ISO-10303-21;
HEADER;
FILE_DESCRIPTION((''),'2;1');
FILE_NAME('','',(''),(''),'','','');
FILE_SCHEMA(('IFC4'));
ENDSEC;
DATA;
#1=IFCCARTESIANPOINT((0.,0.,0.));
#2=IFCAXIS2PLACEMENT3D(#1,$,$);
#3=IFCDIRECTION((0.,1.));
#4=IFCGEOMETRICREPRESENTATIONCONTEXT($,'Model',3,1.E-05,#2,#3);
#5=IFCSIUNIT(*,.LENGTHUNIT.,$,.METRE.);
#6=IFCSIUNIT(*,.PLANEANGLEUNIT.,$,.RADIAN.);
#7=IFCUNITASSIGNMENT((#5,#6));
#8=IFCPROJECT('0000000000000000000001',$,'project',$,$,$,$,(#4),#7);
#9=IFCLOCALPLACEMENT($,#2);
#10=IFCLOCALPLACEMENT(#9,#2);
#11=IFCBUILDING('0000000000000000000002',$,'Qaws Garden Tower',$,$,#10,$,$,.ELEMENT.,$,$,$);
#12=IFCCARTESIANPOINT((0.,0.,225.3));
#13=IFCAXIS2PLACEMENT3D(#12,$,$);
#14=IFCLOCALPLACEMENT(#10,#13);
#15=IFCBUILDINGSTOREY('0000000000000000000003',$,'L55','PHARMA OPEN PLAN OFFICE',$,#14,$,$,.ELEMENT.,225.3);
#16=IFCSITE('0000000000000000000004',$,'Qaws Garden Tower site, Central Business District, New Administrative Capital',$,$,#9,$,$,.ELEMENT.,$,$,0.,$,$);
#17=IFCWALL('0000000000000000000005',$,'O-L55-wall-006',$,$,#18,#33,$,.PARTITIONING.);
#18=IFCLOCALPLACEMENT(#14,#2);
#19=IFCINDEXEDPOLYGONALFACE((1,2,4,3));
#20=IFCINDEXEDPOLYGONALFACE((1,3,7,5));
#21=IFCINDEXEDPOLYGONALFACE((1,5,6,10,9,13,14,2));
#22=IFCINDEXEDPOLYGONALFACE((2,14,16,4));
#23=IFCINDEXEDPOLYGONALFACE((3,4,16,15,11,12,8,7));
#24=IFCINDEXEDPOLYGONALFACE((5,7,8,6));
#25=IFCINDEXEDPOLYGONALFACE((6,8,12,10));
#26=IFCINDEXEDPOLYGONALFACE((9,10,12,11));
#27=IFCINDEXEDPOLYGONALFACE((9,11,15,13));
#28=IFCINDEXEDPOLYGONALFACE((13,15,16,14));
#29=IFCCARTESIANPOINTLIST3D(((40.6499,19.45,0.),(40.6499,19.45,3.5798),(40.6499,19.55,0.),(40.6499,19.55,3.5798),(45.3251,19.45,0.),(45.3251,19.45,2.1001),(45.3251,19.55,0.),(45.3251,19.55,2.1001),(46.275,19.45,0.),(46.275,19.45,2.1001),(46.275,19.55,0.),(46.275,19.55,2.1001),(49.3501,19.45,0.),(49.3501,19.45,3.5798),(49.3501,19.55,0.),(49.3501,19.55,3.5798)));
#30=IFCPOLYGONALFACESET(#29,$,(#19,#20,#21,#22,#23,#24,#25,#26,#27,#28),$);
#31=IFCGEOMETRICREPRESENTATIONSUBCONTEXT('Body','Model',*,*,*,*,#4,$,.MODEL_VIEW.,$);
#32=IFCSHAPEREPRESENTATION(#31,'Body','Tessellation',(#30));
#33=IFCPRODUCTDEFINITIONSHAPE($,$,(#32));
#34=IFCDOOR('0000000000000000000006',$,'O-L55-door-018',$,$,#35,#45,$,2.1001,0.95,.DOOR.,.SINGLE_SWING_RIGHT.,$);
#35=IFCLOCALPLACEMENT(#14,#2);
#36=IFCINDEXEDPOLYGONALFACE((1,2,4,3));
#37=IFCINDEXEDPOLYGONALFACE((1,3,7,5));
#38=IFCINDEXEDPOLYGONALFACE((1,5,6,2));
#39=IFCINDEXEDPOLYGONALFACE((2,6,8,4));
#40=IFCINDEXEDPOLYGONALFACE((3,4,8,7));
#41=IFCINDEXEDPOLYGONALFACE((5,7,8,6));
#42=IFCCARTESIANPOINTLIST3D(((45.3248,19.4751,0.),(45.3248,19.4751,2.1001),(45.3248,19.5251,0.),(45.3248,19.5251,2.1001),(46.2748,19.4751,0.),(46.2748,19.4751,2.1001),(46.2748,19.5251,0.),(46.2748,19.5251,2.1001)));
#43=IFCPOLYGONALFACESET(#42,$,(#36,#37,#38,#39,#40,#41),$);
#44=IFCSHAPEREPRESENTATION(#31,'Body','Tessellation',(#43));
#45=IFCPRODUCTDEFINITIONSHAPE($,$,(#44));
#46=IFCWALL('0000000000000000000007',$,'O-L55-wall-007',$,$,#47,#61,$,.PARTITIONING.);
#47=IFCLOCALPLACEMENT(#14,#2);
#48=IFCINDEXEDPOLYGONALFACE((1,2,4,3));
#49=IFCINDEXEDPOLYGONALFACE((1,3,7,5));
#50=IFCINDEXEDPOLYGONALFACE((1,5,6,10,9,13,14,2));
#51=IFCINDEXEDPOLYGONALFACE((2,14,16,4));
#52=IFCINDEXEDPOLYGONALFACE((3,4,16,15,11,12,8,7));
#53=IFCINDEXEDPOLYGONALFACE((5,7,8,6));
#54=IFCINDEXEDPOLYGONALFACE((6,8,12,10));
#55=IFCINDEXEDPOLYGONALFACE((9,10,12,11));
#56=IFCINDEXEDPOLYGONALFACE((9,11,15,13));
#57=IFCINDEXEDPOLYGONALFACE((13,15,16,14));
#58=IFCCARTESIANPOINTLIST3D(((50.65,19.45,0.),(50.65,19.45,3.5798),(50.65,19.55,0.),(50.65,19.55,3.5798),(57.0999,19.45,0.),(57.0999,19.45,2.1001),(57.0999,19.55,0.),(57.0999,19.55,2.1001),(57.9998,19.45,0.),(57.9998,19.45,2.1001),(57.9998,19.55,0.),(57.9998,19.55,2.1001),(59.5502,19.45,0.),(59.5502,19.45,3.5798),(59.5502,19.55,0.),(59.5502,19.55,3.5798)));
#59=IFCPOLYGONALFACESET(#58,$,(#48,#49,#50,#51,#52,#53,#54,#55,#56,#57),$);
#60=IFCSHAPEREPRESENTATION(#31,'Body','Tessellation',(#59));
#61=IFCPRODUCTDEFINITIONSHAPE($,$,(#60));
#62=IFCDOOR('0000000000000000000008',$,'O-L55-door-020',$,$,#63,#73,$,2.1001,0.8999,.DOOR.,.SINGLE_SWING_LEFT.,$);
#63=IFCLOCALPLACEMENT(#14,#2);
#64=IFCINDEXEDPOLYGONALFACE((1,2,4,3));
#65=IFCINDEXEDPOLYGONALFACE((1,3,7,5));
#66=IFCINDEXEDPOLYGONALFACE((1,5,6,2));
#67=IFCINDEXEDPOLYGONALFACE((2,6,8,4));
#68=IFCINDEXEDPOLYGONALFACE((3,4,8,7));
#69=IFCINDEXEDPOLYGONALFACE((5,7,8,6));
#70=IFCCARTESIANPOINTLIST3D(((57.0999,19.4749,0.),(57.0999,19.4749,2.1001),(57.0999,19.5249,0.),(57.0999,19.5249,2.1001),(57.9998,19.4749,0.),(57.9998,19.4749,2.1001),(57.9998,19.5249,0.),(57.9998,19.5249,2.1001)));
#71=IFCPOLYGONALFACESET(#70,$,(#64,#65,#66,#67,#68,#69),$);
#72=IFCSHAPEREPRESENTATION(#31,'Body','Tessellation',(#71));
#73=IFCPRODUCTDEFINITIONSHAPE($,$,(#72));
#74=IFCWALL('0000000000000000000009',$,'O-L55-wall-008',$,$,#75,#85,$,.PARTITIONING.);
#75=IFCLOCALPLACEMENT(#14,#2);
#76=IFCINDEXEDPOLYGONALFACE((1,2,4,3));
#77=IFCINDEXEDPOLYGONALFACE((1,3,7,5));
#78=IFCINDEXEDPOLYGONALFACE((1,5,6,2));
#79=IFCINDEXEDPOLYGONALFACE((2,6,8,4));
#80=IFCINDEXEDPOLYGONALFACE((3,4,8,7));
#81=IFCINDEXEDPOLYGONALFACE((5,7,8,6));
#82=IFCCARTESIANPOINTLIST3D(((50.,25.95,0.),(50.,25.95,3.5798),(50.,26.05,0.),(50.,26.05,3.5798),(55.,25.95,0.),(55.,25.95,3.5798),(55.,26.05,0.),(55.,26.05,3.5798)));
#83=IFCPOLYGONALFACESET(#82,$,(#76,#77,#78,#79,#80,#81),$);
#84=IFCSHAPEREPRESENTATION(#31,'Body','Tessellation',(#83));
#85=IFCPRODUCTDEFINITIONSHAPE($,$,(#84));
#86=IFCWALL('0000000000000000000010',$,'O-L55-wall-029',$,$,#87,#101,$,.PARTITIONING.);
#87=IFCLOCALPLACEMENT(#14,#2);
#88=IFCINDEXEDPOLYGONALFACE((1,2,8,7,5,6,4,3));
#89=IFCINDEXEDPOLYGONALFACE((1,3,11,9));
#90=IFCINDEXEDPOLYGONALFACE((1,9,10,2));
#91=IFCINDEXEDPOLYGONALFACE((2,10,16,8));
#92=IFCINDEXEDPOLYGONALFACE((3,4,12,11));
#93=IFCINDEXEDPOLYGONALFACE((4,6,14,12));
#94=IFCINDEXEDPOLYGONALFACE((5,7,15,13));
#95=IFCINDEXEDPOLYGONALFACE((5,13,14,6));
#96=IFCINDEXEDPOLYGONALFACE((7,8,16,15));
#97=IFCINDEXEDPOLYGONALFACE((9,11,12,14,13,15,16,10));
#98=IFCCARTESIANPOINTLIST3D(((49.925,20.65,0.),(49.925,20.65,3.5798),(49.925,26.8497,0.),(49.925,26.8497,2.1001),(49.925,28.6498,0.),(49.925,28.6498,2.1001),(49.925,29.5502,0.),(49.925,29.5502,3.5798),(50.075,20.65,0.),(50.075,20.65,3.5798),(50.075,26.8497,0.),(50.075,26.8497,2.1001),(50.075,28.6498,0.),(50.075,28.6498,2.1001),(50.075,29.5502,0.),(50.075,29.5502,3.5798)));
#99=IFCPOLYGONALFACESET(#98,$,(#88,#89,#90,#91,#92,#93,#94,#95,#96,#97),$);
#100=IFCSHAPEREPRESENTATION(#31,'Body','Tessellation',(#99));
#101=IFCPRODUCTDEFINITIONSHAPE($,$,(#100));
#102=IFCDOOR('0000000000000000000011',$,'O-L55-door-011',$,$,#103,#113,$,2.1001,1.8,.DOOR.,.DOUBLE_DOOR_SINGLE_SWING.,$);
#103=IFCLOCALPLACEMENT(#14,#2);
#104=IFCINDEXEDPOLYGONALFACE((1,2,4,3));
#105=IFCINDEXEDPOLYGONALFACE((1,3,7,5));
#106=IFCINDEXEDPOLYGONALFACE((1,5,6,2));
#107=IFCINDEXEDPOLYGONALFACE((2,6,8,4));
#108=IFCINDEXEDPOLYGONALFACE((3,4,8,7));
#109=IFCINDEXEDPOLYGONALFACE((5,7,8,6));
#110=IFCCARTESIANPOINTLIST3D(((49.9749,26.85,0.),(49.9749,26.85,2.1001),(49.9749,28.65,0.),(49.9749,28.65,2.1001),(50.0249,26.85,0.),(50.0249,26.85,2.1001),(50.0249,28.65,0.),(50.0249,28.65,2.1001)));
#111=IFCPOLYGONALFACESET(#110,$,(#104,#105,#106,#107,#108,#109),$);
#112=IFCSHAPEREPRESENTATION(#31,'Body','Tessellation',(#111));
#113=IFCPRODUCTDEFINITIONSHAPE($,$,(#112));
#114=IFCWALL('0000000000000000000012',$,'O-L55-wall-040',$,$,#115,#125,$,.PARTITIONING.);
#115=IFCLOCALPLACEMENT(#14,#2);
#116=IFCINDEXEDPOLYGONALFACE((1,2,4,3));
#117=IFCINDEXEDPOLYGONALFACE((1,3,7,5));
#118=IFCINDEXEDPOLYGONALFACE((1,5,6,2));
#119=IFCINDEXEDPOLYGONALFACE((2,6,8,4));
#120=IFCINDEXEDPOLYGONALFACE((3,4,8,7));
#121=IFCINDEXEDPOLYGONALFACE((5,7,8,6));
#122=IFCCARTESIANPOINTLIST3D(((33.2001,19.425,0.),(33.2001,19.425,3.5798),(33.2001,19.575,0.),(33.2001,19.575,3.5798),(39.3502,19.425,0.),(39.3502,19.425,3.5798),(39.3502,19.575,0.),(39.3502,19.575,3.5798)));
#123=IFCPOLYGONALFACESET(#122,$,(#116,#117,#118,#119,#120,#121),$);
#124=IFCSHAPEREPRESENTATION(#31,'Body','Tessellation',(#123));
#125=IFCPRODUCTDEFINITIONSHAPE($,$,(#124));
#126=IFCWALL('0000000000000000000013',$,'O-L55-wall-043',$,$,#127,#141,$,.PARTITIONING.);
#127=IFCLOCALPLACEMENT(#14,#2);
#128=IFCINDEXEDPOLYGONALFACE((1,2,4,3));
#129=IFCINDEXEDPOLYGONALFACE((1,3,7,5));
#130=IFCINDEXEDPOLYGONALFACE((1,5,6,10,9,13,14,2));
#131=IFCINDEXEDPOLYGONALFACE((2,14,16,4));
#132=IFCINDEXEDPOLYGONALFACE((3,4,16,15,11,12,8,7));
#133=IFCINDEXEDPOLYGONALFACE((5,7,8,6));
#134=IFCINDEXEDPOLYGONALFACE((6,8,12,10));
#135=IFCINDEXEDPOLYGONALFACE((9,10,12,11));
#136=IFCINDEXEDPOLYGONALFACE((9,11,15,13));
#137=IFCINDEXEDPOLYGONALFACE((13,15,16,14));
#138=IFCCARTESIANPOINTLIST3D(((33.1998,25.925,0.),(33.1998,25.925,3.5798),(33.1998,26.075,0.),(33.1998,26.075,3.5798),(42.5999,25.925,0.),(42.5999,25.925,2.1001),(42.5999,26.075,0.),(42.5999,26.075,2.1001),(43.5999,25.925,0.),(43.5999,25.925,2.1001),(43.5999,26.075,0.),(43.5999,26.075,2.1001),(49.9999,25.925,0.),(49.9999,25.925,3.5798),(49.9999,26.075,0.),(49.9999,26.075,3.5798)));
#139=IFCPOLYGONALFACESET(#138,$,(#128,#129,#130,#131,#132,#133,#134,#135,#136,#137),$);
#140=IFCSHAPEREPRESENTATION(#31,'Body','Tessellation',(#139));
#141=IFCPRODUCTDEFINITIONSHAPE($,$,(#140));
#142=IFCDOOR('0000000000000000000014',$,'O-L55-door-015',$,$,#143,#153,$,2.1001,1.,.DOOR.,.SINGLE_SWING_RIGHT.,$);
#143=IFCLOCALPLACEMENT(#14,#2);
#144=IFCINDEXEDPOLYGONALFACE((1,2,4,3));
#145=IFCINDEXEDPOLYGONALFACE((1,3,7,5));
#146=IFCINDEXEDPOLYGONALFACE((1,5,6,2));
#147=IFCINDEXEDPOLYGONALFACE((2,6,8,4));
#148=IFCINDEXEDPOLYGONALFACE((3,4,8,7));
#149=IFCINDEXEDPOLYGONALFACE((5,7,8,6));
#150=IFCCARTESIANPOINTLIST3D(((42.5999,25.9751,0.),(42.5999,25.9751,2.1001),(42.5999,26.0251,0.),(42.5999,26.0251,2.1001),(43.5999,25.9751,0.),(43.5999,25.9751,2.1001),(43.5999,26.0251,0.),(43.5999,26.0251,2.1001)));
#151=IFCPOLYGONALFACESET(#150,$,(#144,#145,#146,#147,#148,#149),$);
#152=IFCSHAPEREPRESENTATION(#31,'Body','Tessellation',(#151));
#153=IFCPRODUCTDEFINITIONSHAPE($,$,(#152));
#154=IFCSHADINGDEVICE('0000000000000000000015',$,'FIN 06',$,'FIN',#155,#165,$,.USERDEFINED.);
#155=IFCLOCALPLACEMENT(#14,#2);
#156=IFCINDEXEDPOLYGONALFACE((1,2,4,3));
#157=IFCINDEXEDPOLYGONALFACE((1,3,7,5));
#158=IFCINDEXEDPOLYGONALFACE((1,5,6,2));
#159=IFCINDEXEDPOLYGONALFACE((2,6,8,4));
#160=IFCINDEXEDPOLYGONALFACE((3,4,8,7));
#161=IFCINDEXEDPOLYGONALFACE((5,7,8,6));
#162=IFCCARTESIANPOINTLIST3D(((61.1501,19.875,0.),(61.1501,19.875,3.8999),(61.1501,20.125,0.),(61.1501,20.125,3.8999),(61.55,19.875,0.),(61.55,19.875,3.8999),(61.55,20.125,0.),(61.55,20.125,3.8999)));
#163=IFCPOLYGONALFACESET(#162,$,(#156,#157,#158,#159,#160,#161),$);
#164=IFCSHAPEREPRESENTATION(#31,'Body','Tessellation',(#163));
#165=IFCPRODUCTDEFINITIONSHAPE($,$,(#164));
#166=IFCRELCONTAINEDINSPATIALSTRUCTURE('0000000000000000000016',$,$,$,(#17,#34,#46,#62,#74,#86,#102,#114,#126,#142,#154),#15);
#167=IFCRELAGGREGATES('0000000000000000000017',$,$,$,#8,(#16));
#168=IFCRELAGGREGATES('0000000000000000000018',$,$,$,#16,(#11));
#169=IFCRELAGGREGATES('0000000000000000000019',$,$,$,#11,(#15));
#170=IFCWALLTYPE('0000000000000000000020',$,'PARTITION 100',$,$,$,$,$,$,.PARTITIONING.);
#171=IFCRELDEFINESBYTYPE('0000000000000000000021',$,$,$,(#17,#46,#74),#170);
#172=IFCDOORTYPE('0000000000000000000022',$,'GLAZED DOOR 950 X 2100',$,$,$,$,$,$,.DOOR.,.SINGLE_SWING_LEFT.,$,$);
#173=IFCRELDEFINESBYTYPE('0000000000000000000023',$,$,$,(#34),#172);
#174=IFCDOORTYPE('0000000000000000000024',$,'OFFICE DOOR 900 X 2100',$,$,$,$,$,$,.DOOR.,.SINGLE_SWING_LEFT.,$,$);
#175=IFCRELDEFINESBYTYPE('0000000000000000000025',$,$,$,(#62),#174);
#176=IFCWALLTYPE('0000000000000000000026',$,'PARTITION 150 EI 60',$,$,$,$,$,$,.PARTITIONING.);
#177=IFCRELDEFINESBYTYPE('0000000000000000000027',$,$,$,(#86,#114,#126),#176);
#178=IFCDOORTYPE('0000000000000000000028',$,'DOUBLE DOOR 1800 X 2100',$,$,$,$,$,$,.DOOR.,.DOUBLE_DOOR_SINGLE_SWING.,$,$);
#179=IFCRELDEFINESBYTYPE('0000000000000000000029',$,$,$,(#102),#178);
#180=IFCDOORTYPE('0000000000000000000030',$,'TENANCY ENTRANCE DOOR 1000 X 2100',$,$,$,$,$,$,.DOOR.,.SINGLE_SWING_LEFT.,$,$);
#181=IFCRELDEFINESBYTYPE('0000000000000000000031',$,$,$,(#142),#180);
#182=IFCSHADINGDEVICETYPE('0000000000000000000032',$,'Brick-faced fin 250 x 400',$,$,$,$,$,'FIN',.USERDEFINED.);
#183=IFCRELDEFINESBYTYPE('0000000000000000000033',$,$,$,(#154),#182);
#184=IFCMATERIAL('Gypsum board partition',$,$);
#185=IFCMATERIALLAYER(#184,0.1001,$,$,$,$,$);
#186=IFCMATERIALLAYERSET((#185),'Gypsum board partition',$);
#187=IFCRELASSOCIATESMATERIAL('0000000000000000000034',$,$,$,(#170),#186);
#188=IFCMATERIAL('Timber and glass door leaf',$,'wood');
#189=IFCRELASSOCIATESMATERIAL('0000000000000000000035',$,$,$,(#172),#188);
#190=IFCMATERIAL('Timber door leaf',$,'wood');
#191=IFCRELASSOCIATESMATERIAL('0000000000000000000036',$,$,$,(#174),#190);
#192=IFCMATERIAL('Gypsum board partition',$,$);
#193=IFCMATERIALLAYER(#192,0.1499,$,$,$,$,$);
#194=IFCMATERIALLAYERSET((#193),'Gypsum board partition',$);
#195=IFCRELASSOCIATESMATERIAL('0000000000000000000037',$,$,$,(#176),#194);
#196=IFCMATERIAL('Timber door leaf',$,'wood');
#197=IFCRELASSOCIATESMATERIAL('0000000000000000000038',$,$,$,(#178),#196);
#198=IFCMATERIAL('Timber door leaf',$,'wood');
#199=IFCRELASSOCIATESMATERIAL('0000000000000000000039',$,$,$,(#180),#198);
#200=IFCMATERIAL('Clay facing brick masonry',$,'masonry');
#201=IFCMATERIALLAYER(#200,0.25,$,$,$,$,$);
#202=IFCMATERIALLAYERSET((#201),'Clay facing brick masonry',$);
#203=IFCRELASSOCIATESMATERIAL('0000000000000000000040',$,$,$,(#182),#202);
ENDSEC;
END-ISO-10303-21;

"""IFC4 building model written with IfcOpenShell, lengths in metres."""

from ifc_helpers import new_model, si_unit, direction, frame, frame_2d, origin, origin_2d, place, context, subcontext, project, spatial, rectangle, extrude, material, layer, layer_set, type_object, element, fill, save


model = new_model("IFC4")

# Units and contexts
model_context = context("Model", 3, precision=1e-05, world=origin(), true_north=direction((0.0, 1.0)))
body_context = subcontext(model_context, "Body", "Model", "MODEL_VIEW")
ifc_project = project(units=[si_unit("LENGTHUNIT", "METRE"), si_unit("PLANEANGLEUNIT", "RADIAN")], contexts=[model_context])

# Site, building, storey
site_placement = place(None, origin())
site = spatial("IfcSite", under=ifc_project, at=site_placement, Name="Qaws Garden Tower site, Central Business District, New Administrative Capital", CompositionType="ELEMENT", RefElevation=0.0)
building_placement = place(site_placement, origin())
building = spatial("IfcBuilding", under=site, at=building_placement, Name="Qaws Garden Tower", CompositionType="ELEMENT")
storey_placement = place(building_placement, frame((0.0, 0.0, 225.3)))
storey = spatial("IfcBuildingStorey", under=building, at=storey_placement, Name="L55", Description="PHARMA OPEN PLAN OFFICE", CompositionType="ELEMENT", Elevation=225.3)

# Walls, openings, doors
ifc_material_1 = material(Name="Gypsum board partition")
ifc_layer_1 = layer(ifc_material_1, 0.1001)
ifc_layer_set_1 = layer_set([ifc_layer_1], Name="Gypsum board partition")
wall_type_1 = type_object("IfcWallType", Name="PARTITION 100", PredefinedType="PARTITIONING", material=ifc_layer_set_1)
ifc_material_2 = material(Name="Timber and glass door leaf", Category="wood")
door_type_1 = type_object("IfcDoorType", Name="GLAZED DOOR 950 X 2100", OperationType="SINGLE_SWING_LEFT", PredefinedType="DOOR", material=ifc_material_2)
wall_1_placement = place(storey_placement, frame((40.6499, 19.5, 0.0), z_axis=(0.0, 0.0, 1.0), x_axis=(1.0, 0.0, 0.0)))
wall_1 = element("IfcWall", 1, at=wall_1_placement, inside=storey, type_object=wall_type_1, Name="O-L55-wall-006", PredefinedType="PARTITIONING", context=body_context, shape_type="SweptSolid", body=[
    extrude(rectangle(XDim=8.7002, YDim=0.1001, at=frame_2d((4.3501, 0.0))), origin(), (0.0, 0.0, 1.0), 3.5798),
])
opening_1_placement = place(wall_1_placement, frame((4.675, 0.0, 0.0)))
opening_1 = element("IfcOpeningElement", 2, at=opening_1_placement, cuts=wall_1, PredefinedType="OPENING", context=body_context, shape_type="SweptSolid", body=[
    extrude(rectangle(XDim=0.95, YDim=2.1001, at=frame_2d((0.4751, 1.05))), frame((0.0, 0.0601, 0.0), z_axis=(0.0, -1.0, 0.0), x_axis=(1.0, 0.0, 0.0)), (0.0, 0.0, 1.0), 0.1201),
])
door_1_placement = place(opening_1_placement, frame((0.95, 0.0, 0.0), z_axis=(0.0, 0.0, 1.0), x_axis=(-1.0, 0.0, 0.0)))
door_1 = element("IfcDoor", 3, at=door_1_placement, inside=storey, type_object=door_type_1, Name="O-L55-door-018", OperationType="SINGLE_SWING_RIGHT", OverallHeight=2.1001, OverallWidth=0.95, PredefinedType="DOOR", context=body_context, shape_type="SweptSolid", body=[
    extrude(rectangle(XDim=0.95, YDim=2.1001, at=frame_2d((0.4751, 1.05))), frame((0.0, 0.0249, 0.0), z_axis=(0.0, -1.0, 0.0), x_axis=(1.0, 0.0, 0.0)), (0.0, 0.0, 1.0), 0.05),
])
fill(opening_1, door_1)
wall_2_placement = place(storey_placement, frame((50.6499, 19.5, 0.0), z_axis=(0.0, 0.0, 1.0), x_axis=(1.0, 0.0, 0.0)))
wall_2 = element("IfcWall", 4, at=wall_2_placement, inside=storey, type_object=wall_type_1, Name="O-L55-wall-007", PredefinedType="PARTITIONING", context=body_context, shape_type="SweptSolid", body=[
    extrude(rectangle(XDim=8.9001, YDim=0.1001, at=frame_2d((4.4502, 0.0))), origin(), (0.0, 0.0, 1.0), 3.5798),
])
opening_2_placement = place(wall_2_placement, frame((6.45, 0.0, 0.0)))
opening_2 = element("IfcOpeningElement", 5, at=opening_2_placement, cuts=wall_2, PredefinedType="OPENING", context=body_context, shape_type="SweptSolid", body=[
    extrude(rectangle(XDim=0.8999, YDim=2.1001, at=frame_2d((0.45, 1.05))), frame((0.0, 0.0601, 0.0), z_axis=(0.0, -1.0, 0.0), x_axis=(1.0, 0.0, 0.0)), (0.0, 0.0, 1.0), 0.1201),
])
ifc_material_3 = material(Name="Timber door leaf", Category="wood")
door_type_2 = type_object("IfcDoorType", Name="OFFICE DOOR 900 X 2100", OperationType="SINGLE_SWING_LEFT", PredefinedType="DOOR", material=ifc_material_3)
door_2_placement = place(opening_2_placement, origin())
door_2 = element("IfcDoor", 6, at=door_2_placement, inside=storey, type_object=door_type_2, Name="O-L55-door-020", OperationType="SINGLE_SWING_LEFT", OverallHeight=2.1001, OverallWidth=0.8999, PredefinedType="DOOR", context=body_context, shape_type="SweptSolid", body=[
    extrude(rectangle(XDim=0.8999, YDim=2.1001, at=frame_2d((0.45, 1.05))), frame((0.0, 0.0249, 0.0), z_axis=(0.0, -1.0, 0.0), x_axis=(1.0, 0.0, 0.0)), (0.0, 0.0, 1.0), 0.05),
])
fill(opening_2, door_2)

# Wall
wall_3_placement = place(storey_placement, frame((50.0, 26.0, 0.0), z_axis=(0.0, 0.0, 1.0), x_axis=(1.0, 0.0, 0.0)))
element("IfcWall", 7, at=wall_3_placement, inside=storey, type_object=wall_type_1, Name="O-L55-wall-008", PredefinedType="PARTITIONING", context=body_context, shape_type="SweptSolid", body=[
    extrude(rectangle(XDim=5.0, YDim=0.1001, at=frame_2d((2.5, 0.0))), origin(), (0.0, 0.0, 1.0), 3.5798),
])

# Wall, opening, door
ifc_material_4 = material(Name="Gypsum board partition")
ifc_layer_2 = layer(ifc_material_4, 0.1499)
ifc_layer_set_2 = layer_set([ifc_layer_2], Name="Gypsum board partition")
wall_type_2 = type_object("IfcWallType", Name="PARTITION 150 EI 60", PredefinedType="PARTITIONING", material=ifc_layer_set_2)
wall_4_placement = place(storey_placement, frame((50.0, 20.6499, 0.0), z_axis=(0.0, 0.0, 1.0), x_axis=(0.0, 1.0, 0.0)))
wall_4 = element("IfcWall", 8, at=wall_4_placement, inside=storey, type_object=wall_type_2, Name="O-L55-wall-029", PredefinedType="PARTITIONING", context=body_context, shape_type="SweptSolid", body=[
    extrude(rectangle(XDim=8.9001, YDim=0.1499, at=frame_2d((4.4502, 0.0))), origin(), (0.0, 0.0, 1.0), 3.5798),
])
opening_3_placement = place(wall_4_placement, frame((6.2, 0.0, 0.0)))
opening_3 = element("IfcOpeningElement", 9, at=opening_3_placement, cuts=wall_4, PredefinedType="OPENING", context=body_context, shape_type="SweptSolid", body=[
    extrude(rectangle(XDim=1.8, YDim=2.1001, at=frame_2d((0.8999, 1.05))), frame((0.0, 0.085, 0.0), z_axis=(0.0, -1.0, 0.0), x_axis=(1.0, 0.0, 0.0)), (0.0, 0.0, 1.0), 0.1699),
])
ifc_material_5 = material(Name="Timber door leaf", Category="wood")
door_type_3 = type_object("IfcDoorType", Name="DOUBLE DOOR 1800 X 2100", OperationType="DOUBLE_DOOR_SINGLE_SWING", PredefinedType="DOOR", material=ifc_material_5)
door_3_placement = place(opening_3_placement, frame((1.8, 0.0, 0.0), z_axis=(0.0, 0.0, 1.0), x_axis=(-1.0, 0.0, 0.0)))
door_3 = element("IfcDoor", 10, at=door_3_placement, inside=storey, type_object=door_type_3, Name="O-L55-door-011", OperationType="DOUBLE_DOOR_SINGLE_SWING", OverallHeight=2.1001, OverallWidth=1.8, PredefinedType="DOOR", context=body_context, shape_type="SweptSolid", body=[
    extrude(rectangle(XDim=1.8, YDim=2.1001, at=frame_2d((0.8999, 1.05))), frame((0.0, 0.0249, 0.0), z_axis=(0.0, -1.0, 0.0), x_axis=(1.0, 0.0, 0.0)), (0.0, 0.0, 1.0), 0.05),
])
fill(opening_3, door_3)

# Wall
wall_5_placement = place(storey_placement, frame((33.2, 19.5, 0.0), z_axis=(0.0, 0.0, 1.0), x_axis=(1.0, 0.0, 0.0)))
element("IfcWall", 11, at=wall_5_placement, inside=storey, type_object=wall_type_2, Name="O-L55-wall-040", PredefinedType="PARTITIONING", context=body_context, shape_type="SweptSolid", body=[
    extrude(rectangle(XDim=6.1501, YDim=0.1499, at=frame_2d((3.0752, 0.0))), origin(), (0.0, 0.0, 1.0), 3.5798),
])

# Wall, opening, door
wall_6_placement = place(storey_placement, frame((33.2, 26.0, 0.0), z_axis=(0.0, 0.0, 1.0), x_axis=(1.0, 0.0, 0.0)))
wall_6 = element("IfcWall", 12, at=wall_6_placement, inside=storey, type_object=wall_type_2, Name="O-L55-wall-043", PredefinedType="PARTITIONING", context=body_context, shape_type="SweptSolid", body=[
    extrude(rectangle(XDim=16.8, YDim=0.1499, at=frame_2d((8.3999, 0.0))), origin(), (0.0, 0.0, 1.0), 3.5798),
])
opening_4_placement = place(wall_6_placement, frame((9.3999, 0.0, 0.0)))
opening_4 = element("IfcOpeningElement", 13, at=opening_4_placement, cuts=wall_6, PredefinedType="OPENING", context=body_context, shape_type="SweptSolid", body=[
    extrude(rectangle(XDim=1.0, YDim=2.1001, at=frame_2d((0.5, 1.05))), frame((0.0, 0.085, 0.0), z_axis=(0.0, -1.0, 0.0), x_axis=(1.0, 0.0, 0.0)), (0.0, 0.0, 1.0), 0.1699),
])
ifc_material_6 = material(Name="Timber door leaf", Category="wood")
door_type_4 = type_object("IfcDoorType", Name="TENANCY ENTRANCE DOOR 1000 X 2100", OperationType="SINGLE_SWING_LEFT", PredefinedType="DOOR", material=ifc_material_6)
door_4_placement = place(opening_4_placement, frame((1.0, 0.0, 0.0), z_axis=(0.0, 0.0, 1.0), x_axis=(-1.0, 0.0, 0.0)))
door_4 = element("IfcDoor", 14, at=door_4_placement, inside=storey, type_object=door_type_4, Name="O-L55-door-015", OperationType="SINGLE_SWING_RIGHT", OverallHeight=2.1001, OverallWidth=1.0, PredefinedType="DOOR", context=body_context, shape_type="SweptSolid", body=[
    extrude(rectangle(XDim=1.0, YDim=2.1001, at=frame_2d((0.5, 1.05))), frame((0.0, 0.0249, 0.0), z_axis=(0.0, -1.0, 0.0), x_axis=(1.0, 0.0, 0.0)), (0.0, 0.0, 1.0), 0.05),
])
fill(opening_4, door_4)

# Shading device
ifc_material_7 = material(Name="Clay facing brick masonry", Category="masonry")
ifc_layer_3 = layer(ifc_material_7, 0.25)
ifc_layer_set_3 = layer_set([ifc_layer_3], Name="Clay facing brick masonry")
shading_device_type = type_object("IfcShadingDeviceType", Name="Brick-faced fin 250 x 400", ElementType="FIN", PredefinedType="USERDEFINED", material=ifc_layer_set_3)
shading_device_placement = place(storey_placement, frame((61.3501, 20.0, 0.0), z_axis=(0.0, 0.0, 1.0), x_axis=(0.0, 1.0, 0.0)))
element("IfcShadingDevice", 15, at=shading_device_placement, inside=storey, type_object=shading_device_type, Name="FIN 06", ObjectType="FIN", PredefinedType="USERDEFINED", context=body_context, shape_type="SweptSolid", body=[
    extrude(rectangle(XDim=0.25, YDim=0.3999, at=origin_2d()), origin(), (0.0, 0.0, 1.0), 3.8999),
])

save(model, "model.ifc")
